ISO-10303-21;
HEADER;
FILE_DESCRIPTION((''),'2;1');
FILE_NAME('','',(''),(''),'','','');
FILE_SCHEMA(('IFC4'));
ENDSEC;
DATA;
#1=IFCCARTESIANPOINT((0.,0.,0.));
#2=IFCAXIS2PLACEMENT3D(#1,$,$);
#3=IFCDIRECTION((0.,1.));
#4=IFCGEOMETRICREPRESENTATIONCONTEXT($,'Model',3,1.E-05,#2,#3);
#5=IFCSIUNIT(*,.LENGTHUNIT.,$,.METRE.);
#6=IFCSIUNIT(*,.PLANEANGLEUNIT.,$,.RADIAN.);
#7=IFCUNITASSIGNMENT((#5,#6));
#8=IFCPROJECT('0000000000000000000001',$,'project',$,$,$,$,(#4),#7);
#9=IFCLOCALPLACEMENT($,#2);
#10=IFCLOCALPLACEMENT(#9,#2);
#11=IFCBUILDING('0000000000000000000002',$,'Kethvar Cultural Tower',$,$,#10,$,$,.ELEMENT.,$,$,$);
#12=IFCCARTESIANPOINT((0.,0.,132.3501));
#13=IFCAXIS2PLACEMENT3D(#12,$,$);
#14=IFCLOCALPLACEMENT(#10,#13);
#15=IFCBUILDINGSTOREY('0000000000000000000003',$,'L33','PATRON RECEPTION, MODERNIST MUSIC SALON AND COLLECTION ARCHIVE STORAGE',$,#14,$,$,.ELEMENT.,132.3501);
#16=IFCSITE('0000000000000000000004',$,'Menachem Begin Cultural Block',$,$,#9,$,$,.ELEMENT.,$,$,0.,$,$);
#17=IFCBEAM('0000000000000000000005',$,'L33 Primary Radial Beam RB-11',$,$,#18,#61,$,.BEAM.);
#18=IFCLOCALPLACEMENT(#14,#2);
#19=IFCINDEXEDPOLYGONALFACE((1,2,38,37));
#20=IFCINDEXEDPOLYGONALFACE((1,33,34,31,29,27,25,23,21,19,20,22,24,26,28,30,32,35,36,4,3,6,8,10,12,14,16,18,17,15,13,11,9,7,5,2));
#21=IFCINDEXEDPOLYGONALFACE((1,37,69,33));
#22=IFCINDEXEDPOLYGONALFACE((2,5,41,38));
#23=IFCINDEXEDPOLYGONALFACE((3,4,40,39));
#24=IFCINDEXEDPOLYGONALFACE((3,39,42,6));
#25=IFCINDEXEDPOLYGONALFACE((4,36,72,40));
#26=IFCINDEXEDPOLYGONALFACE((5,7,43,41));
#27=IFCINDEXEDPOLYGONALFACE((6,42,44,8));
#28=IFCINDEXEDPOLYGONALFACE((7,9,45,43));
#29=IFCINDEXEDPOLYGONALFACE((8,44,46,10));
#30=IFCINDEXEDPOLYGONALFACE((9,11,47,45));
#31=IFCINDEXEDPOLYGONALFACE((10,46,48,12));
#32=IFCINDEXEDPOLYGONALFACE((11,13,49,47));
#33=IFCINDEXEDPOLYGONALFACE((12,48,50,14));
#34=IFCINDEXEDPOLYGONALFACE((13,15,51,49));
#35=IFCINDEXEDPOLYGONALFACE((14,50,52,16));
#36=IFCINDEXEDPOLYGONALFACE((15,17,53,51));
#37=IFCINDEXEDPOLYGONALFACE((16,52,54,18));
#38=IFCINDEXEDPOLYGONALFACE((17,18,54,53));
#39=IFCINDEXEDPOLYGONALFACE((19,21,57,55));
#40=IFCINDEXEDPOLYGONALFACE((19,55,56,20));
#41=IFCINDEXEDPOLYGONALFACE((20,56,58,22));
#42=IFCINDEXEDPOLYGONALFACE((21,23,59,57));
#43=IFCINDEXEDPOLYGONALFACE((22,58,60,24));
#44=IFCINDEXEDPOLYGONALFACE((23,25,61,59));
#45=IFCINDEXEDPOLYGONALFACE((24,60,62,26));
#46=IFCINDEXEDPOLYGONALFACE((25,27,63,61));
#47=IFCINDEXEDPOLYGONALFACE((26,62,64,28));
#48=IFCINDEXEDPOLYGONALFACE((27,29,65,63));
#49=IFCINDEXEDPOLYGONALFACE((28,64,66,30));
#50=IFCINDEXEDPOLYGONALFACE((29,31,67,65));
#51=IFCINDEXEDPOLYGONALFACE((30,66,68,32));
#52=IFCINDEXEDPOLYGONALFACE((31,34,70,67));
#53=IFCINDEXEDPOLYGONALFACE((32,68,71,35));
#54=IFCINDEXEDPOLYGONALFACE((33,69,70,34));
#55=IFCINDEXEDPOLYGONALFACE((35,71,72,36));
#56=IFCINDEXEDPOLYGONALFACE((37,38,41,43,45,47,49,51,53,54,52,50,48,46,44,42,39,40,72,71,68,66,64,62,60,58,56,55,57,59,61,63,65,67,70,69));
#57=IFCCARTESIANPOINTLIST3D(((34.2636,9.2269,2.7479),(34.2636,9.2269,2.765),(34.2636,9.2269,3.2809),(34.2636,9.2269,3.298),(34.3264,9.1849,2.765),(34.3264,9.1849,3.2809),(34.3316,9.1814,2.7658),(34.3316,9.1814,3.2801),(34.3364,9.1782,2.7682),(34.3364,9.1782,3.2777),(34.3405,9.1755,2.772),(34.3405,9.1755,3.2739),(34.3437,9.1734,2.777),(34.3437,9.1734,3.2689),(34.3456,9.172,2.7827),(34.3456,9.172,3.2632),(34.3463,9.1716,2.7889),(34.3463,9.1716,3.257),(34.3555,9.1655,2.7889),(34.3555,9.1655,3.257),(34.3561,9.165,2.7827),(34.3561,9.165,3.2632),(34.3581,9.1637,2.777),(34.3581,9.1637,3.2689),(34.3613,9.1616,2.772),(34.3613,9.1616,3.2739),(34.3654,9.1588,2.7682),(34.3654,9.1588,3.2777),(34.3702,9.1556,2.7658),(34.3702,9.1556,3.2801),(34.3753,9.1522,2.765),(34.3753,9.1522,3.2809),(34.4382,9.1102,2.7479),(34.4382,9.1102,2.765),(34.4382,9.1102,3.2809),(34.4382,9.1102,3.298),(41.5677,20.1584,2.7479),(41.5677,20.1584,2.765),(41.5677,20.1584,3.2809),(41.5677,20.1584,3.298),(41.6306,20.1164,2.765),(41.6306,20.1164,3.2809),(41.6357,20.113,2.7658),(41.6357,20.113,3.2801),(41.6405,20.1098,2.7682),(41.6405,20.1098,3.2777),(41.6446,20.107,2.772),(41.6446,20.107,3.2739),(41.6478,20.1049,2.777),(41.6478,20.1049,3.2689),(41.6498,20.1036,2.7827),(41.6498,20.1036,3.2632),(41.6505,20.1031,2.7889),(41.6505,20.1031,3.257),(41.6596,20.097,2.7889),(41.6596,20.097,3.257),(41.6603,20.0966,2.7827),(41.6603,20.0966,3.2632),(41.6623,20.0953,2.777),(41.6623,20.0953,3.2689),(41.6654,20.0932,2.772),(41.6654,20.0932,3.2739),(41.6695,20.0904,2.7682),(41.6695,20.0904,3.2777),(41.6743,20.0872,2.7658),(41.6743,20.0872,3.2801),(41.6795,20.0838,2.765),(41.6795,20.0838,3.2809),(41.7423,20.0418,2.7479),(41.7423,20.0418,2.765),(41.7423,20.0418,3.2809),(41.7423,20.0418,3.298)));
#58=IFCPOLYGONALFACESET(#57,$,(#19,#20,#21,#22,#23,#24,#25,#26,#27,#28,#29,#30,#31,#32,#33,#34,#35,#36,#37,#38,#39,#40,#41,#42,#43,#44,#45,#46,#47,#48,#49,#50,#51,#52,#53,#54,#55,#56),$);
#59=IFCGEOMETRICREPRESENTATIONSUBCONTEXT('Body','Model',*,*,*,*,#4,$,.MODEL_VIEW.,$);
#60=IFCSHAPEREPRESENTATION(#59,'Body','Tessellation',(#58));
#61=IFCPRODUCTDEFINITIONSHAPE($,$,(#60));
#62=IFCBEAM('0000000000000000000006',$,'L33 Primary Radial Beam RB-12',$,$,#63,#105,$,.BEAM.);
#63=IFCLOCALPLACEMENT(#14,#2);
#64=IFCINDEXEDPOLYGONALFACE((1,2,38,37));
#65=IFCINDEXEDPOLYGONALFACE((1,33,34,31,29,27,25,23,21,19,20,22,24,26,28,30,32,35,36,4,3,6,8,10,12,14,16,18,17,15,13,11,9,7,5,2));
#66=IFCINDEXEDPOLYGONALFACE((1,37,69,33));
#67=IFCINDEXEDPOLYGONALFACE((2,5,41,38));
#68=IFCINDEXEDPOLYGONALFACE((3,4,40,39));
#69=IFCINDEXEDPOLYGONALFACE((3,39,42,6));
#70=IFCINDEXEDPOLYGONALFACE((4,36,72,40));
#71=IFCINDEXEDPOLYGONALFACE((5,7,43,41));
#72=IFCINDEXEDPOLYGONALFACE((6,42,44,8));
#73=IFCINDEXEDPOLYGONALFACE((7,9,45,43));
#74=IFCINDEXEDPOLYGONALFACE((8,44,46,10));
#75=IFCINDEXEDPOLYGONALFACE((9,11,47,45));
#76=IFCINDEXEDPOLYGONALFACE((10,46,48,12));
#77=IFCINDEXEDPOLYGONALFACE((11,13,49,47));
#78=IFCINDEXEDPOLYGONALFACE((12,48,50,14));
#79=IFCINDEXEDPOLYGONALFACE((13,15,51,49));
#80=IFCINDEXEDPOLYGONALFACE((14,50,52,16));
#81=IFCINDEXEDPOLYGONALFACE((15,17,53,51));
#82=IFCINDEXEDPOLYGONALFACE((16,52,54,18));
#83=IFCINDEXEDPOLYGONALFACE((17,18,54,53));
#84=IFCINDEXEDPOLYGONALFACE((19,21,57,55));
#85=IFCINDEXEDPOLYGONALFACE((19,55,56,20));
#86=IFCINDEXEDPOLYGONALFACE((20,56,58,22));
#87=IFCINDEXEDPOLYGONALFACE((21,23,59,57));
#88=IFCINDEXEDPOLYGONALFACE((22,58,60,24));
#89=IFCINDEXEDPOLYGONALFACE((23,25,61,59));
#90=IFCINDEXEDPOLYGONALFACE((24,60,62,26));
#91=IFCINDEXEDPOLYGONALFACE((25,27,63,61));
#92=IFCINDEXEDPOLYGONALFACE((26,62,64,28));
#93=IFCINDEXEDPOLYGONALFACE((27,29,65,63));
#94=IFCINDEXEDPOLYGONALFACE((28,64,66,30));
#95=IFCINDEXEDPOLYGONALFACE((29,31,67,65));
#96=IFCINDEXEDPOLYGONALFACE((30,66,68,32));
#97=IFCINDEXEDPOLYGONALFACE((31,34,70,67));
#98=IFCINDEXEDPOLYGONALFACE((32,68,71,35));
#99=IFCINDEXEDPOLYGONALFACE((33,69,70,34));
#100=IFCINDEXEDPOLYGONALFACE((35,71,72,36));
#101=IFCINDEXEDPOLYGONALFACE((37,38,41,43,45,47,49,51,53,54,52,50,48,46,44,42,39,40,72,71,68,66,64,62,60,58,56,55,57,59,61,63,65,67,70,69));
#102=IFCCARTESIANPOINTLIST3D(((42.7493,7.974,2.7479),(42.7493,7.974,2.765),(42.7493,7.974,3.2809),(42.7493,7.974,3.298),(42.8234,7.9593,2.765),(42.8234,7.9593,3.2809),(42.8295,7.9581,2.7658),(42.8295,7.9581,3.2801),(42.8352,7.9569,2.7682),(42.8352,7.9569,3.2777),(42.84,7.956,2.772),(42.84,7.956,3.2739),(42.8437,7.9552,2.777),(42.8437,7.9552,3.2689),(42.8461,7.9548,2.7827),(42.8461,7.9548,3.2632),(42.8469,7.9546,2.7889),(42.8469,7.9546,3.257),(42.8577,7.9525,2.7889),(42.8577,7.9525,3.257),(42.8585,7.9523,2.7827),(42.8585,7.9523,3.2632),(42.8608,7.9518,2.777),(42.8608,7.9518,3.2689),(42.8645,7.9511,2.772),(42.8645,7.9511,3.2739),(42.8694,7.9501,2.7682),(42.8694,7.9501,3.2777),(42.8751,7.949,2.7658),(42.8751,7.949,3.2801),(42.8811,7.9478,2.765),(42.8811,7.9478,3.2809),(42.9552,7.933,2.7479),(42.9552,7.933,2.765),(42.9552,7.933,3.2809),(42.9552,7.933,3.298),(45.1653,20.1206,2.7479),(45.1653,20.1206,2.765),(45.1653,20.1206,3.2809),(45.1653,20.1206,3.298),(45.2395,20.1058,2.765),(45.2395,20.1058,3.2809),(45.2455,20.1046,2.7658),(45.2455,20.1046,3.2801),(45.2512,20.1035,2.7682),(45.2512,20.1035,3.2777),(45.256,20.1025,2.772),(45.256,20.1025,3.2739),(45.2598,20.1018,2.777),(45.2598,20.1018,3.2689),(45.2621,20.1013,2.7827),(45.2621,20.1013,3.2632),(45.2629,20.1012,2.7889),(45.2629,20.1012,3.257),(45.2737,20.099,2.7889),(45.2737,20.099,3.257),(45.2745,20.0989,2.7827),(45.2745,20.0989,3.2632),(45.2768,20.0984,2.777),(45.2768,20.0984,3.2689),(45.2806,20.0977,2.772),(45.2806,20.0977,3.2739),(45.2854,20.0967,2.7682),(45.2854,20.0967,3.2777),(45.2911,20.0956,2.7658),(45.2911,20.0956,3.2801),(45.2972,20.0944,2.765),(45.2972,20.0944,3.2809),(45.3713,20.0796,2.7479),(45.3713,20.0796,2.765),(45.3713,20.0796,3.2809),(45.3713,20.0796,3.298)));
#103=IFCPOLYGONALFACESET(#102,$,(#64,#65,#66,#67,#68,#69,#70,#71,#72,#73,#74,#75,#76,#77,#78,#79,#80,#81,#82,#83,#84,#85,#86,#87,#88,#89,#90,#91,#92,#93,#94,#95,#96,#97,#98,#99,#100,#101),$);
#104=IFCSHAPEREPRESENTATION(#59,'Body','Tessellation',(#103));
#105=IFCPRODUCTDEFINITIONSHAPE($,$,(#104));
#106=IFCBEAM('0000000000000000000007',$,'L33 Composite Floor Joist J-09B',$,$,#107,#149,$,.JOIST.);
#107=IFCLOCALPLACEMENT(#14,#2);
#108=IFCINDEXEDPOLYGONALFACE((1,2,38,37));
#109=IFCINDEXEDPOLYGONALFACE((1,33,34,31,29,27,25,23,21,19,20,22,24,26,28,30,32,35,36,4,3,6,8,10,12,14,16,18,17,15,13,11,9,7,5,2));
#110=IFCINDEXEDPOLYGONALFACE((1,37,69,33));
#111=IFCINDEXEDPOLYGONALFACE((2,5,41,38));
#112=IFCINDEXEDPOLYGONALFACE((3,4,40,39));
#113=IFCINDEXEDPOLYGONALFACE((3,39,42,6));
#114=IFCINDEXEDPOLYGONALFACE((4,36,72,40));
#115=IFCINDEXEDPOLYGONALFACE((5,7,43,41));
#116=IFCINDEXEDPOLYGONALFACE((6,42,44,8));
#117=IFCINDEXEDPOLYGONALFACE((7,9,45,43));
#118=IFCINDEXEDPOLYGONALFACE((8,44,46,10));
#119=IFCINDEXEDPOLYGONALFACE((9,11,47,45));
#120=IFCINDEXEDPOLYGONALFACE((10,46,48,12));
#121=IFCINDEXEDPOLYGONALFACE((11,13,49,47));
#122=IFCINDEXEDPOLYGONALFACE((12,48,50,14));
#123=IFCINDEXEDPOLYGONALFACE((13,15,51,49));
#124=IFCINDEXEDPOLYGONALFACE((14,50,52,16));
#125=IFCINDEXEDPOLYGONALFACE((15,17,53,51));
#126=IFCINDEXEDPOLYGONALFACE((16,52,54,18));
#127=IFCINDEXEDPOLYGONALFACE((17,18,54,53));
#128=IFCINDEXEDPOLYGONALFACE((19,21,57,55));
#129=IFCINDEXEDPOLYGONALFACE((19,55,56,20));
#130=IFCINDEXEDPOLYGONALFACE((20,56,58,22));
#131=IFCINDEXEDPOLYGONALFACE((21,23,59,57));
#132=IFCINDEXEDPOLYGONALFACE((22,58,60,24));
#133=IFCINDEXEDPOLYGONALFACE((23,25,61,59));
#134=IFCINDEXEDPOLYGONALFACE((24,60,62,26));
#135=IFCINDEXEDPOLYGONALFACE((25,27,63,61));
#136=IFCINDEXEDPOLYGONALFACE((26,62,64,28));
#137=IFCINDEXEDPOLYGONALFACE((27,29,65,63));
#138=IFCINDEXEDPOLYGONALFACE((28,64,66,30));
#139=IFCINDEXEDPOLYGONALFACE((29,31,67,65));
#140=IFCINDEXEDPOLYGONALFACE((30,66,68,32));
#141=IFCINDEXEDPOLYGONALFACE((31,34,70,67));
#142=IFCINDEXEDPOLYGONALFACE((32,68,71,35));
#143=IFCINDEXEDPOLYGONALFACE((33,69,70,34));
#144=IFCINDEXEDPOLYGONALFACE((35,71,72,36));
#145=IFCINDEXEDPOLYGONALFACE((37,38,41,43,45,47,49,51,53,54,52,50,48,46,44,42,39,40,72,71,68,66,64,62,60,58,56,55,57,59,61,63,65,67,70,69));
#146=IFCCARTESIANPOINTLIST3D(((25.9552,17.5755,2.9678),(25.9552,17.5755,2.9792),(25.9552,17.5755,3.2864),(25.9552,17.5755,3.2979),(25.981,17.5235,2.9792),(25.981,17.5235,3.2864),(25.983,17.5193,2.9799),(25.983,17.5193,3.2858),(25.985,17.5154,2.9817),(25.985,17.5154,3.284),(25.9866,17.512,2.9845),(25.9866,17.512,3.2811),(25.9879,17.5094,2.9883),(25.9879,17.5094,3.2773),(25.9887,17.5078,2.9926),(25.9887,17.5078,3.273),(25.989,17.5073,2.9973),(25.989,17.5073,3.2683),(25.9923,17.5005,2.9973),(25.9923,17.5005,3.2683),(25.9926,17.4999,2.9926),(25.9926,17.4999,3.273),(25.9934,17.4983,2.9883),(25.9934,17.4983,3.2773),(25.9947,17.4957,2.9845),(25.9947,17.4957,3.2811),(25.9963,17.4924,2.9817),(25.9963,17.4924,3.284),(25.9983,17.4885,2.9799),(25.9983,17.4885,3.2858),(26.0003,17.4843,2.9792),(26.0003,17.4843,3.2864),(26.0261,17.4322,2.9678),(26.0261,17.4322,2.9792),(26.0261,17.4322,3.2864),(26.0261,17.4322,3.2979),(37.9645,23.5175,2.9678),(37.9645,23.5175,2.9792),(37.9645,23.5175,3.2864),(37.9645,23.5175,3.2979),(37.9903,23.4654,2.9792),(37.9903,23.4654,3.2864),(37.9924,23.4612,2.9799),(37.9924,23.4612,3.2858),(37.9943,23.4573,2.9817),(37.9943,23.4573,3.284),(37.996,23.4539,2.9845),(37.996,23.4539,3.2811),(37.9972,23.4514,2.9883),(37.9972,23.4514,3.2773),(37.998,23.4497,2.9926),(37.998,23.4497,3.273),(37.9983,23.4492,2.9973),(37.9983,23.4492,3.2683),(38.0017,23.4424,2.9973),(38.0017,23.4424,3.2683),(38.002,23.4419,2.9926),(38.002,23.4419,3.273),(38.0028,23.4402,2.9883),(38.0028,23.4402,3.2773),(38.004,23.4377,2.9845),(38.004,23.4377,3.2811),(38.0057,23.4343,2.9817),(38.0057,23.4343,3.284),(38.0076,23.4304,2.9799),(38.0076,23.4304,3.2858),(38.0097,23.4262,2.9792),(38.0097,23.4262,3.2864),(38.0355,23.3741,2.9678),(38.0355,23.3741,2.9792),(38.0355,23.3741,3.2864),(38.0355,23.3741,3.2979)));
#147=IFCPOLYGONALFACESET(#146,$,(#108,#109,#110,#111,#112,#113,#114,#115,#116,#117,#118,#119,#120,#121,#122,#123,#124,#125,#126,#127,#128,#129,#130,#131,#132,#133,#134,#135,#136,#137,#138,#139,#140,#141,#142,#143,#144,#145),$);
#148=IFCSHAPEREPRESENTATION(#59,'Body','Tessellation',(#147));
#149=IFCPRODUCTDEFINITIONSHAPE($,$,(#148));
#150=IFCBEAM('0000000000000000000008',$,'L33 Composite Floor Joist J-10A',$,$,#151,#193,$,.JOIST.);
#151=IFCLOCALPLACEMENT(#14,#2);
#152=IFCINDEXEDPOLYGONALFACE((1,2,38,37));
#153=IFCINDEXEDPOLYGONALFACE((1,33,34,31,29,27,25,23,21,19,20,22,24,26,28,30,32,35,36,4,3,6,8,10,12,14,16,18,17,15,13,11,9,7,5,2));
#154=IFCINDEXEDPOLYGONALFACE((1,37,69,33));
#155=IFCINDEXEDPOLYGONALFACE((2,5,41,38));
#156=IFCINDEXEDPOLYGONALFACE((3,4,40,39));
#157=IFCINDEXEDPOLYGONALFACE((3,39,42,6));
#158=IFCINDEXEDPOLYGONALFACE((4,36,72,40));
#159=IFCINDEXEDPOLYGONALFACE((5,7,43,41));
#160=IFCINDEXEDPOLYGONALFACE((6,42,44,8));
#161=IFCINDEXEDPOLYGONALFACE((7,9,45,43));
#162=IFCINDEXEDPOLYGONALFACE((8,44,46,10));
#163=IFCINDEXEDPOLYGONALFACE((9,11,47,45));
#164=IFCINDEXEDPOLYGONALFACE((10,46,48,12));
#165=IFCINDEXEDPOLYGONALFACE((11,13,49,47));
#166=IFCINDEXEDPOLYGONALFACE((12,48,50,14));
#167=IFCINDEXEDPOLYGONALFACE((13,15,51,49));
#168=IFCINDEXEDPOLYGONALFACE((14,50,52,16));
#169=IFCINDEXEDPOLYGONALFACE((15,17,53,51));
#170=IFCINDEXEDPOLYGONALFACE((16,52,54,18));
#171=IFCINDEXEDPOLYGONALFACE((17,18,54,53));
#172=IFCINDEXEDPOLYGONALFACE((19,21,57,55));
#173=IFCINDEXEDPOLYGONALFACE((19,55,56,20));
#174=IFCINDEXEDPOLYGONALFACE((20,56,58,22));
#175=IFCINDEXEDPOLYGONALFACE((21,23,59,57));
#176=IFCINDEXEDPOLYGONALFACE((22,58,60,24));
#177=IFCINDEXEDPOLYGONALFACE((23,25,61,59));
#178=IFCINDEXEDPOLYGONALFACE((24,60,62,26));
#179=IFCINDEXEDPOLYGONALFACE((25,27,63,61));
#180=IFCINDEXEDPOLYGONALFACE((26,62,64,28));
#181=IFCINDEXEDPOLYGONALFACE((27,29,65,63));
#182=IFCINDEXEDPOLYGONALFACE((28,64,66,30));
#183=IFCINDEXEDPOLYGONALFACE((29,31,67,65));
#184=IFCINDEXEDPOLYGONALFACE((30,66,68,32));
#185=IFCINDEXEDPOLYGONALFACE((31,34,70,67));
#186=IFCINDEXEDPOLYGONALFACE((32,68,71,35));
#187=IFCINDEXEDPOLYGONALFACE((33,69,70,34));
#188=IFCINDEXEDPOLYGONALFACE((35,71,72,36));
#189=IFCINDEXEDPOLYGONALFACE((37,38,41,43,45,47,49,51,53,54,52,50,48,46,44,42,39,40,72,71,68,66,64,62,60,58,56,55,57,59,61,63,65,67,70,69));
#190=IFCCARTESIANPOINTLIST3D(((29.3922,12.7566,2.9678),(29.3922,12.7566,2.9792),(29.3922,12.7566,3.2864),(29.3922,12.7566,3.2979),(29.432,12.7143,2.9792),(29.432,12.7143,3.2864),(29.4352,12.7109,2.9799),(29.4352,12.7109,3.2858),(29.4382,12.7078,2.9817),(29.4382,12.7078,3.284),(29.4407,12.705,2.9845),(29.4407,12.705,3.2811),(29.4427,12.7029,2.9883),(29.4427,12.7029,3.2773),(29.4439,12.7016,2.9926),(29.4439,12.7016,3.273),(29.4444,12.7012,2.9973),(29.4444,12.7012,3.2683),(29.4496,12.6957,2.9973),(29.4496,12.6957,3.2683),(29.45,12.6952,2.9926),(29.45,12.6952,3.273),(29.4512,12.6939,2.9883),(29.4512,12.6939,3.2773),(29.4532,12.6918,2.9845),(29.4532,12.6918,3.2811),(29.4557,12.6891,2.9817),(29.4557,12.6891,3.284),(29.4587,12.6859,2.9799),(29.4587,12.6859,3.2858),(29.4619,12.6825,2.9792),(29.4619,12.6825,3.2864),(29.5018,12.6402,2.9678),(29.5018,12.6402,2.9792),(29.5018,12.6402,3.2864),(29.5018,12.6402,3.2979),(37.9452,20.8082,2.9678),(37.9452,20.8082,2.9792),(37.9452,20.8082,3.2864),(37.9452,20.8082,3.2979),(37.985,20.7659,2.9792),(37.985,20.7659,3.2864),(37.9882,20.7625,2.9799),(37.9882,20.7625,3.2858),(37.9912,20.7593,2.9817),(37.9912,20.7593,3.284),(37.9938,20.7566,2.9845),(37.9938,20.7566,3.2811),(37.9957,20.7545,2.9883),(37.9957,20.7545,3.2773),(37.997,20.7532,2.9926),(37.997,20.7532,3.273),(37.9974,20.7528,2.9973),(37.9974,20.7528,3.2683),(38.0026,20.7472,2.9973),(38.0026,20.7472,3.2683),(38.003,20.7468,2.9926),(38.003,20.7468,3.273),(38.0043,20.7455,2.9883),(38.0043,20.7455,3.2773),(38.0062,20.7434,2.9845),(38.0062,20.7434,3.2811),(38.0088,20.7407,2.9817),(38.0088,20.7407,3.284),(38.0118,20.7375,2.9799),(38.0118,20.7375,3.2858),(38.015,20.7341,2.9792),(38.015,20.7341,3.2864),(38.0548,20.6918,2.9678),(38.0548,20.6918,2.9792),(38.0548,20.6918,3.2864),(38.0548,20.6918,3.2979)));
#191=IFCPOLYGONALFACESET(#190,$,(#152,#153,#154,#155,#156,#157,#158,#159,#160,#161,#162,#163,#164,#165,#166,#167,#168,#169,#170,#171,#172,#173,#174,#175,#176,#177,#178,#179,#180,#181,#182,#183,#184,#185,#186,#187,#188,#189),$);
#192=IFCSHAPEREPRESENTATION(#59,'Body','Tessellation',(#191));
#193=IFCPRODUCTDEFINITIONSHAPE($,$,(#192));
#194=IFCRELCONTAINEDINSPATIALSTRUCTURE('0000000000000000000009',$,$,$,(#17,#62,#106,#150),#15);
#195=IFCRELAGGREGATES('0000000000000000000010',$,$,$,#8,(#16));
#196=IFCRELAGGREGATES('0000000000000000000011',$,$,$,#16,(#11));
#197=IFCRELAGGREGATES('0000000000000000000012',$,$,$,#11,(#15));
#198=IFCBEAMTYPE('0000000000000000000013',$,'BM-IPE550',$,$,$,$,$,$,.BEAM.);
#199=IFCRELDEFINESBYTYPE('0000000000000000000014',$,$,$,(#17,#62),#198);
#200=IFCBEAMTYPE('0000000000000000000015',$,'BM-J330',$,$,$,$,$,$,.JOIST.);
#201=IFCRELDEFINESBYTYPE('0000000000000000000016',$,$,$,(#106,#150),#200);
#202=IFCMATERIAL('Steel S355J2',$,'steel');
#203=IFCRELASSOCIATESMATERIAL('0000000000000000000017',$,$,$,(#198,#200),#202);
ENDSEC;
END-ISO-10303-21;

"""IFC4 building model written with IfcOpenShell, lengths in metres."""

from ifc_helpers import new_model, si_unit, direction, frame, origin, origin_2d, place, context, subcontext, project, spatial, i_section, extrude, source, transform, mapped, material, material_profile, profile_set, type_object, element, save


model = new_model("IFC4")

# Units and contexts
model_context = context("Model", 3, precision=1e-05, world=origin(), true_north=direction((0.0, 1.0)))
body_context = subcontext(model_context, "Body", "Model", "MODEL_VIEW")
ifc_project = project(units=[si_unit("LENGTHUNIT", "METRE"), si_unit("PLANEANGLEUNIT", "RADIAN")], contexts=[model_context])

# Site, building, storey
site_placement = place(None, origin())
site = spatial("IfcSite", under=ifc_project, at=site_placement, Name="Menachem Begin Cultural Block", CompositionType="ELEMENT", RefElevation=0.0)
building_placement = place(site_placement, origin())
building = spatial("IfcBuilding", under=site, at=building_placement, Name="Kethvar Cultural Tower", CompositionType="ELEMENT")
storey_placement = place(building_placement, frame((0.0, 0.0, 132.3501)))
storey = spatial("IfcBuildingStorey", under=building, at=storey_placement, Name="L33", Description="PATRON RECEPTION, MODERNIST MUSIC SALON AND COLLECTION ARCHIVE STORAGE", CompositionType="ELEMENT", Elevation=132.3501)

# Beams
ifc_material_1 = material(Name="Steel S355J2", Category="steel")
ifc_material_profile_1 = material_profile(ifc_material_1, i_section(OverallWidth=0.21, OverallDepth=0.55, WebThickness=0.011, FlangeThickness=0.0171, FilletRadius=0.0239, at=origin_2d()), Name="Steel S355J2 — IPE550")
ifc_profile_set_1 = profile_set([ifc_material_profile_1], Name="Steel S355J2 — IPE550")
beam_type_1 = type_object("IfcBeamType", Name="BM-IPE550", PredefinedType="BEAM", material=ifc_profile_set_1)
shared_shape_1 = source(origin(), body_context, "Body", "SweptSolid", [
    extrude(i_section(OverallWidth=0.21, OverallDepth=0.55, WebThickness=0.011, FlangeThickness=0.0171, FilletRadius=0.0239, at=origin_2d()), origin(), (0.0, 0.0, 1.0), 13.1472),
])
beam_1_placement = place(storey_placement, frame((41.655, 20.1001, 3.0229), z_axis=(-0.555566, -0.831473, 0.0), x_axis=(0.831473, -0.555566, 0.0)))
element("IfcBeam", 1, at=beam_1_placement, inside=storey, type_object=beam_type_1, Name="L33 Primary Radial Beam RB-11", PredefinedType="BEAM", context=body_context, shape_type="MappedRepresentation", body=[
    mapped(shared_shape_1, transform((0.0, 0.0, 0.0), scale=1.0)),
])
shared_shape_2 = source(origin(), body_context, "Body", "SweptSolid", [
    extrude(i_section(OverallWidth=0.21, OverallDepth=0.55, WebThickness=0.011, FlangeThickness=0.0171, FilletRadius=0.0239, at=origin_2d()), origin(), (0.0, 0.0, 1.0), 12.3845),
])
beam_2_placement = place(storey_placement, frame((45.2683, 20.1001, 3.0229), z_axis=(-0.195085, -0.980786, 0.0), x_axis=(0.980786, -0.195085, 0.0)))
element("IfcBeam", 2, at=beam_2_placement, inside=storey, type_object=beam_type_1, Name="L33 Primary Radial Beam RB-12", PredefinedType="BEAM", context=body_context, shape_type="MappedRepresentation", body=[
    mapped(shared_shape_2, transform((0.0, 0.0, 0.0), scale=1.0)),
])
ifc_material_profile_2 = material_profile(ifc_material_1, i_section(OverallWidth=0.1599, OverallDepth=0.3301, WebThickness=0.0076, FlangeThickness=0.0115, FilletRadius=0.0181, at=origin_2d()), Name="Steel S355J2 — IPE330")
ifc_profile_set_2 = profile_set([ifc_material_profile_2], Name="Steel S355J2 — IPE330")
beam_type_2 = type_object("IfcBeamType", Name="BM-J330", PredefinedType="JOIST", material=ifc_profile_set_2)
shared_shape_3 = source(origin(), body_context, "Body", "SweptSolid", [
    extrude(i_section(OverallWidth=0.1599, OverallDepth=0.3301, WebThickness=0.0076, FlangeThickness=0.0115, FilletRadius=0.0181, at=origin_2d()), origin(), (0.0, 0.0, 1.0), 13.3989),
])
beam_3_placement = place(storey_placement, frame((38.0, 23.4458, 3.1328), z_axis=(-0.896292, -0.443463, 0.0), x_axis=(0.443463, -0.896292, 0.0)))
element("IfcBeam", 3, at=beam_3_placement, inside=storey, type_object=beam_type_2, Name="L33 Composite Floor Joist J-09B", PredefinedType="JOIST", context=body_context, shape_type="MappedRepresentation", body=[
    mapped(shared_shape_3, transform((0.0, 0.0, 0.0), scale=1.0)),
])
shared_shape_4 = source(origin(), body_context, "Body", "SweptSolid", [
    extrude(i_section(OverallWidth=0.1599, OverallDepth=0.3301, WebThickness=0.0076, FlangeThickness=0.0115, FilletRadius=0.0181, at=origin_2d()), origin(), (0.0, 0.0, 1.0), 11.7466),
])
beam_4_placement = place(storey_placement, frame((38.0, 20.75, 3.1328), z_axis=(-0.72813, -0.685439, 0.0), x_axis=(0.685439, -0.72813, 0.0)))
element("IfcBeam", 4, at=beam_4_placement, inside=storey, type_object=beam_type_2, Name="L33 Composite Floor Joist J-10A", PredefinedType="JOIST", context=body_context, shape_type="MappedRepresentation", body=[
    mapped(shared_shape_4, transform((0.0, 0.0, 0.0), scale=1.0)),
])

save(model, "model.ifc")
